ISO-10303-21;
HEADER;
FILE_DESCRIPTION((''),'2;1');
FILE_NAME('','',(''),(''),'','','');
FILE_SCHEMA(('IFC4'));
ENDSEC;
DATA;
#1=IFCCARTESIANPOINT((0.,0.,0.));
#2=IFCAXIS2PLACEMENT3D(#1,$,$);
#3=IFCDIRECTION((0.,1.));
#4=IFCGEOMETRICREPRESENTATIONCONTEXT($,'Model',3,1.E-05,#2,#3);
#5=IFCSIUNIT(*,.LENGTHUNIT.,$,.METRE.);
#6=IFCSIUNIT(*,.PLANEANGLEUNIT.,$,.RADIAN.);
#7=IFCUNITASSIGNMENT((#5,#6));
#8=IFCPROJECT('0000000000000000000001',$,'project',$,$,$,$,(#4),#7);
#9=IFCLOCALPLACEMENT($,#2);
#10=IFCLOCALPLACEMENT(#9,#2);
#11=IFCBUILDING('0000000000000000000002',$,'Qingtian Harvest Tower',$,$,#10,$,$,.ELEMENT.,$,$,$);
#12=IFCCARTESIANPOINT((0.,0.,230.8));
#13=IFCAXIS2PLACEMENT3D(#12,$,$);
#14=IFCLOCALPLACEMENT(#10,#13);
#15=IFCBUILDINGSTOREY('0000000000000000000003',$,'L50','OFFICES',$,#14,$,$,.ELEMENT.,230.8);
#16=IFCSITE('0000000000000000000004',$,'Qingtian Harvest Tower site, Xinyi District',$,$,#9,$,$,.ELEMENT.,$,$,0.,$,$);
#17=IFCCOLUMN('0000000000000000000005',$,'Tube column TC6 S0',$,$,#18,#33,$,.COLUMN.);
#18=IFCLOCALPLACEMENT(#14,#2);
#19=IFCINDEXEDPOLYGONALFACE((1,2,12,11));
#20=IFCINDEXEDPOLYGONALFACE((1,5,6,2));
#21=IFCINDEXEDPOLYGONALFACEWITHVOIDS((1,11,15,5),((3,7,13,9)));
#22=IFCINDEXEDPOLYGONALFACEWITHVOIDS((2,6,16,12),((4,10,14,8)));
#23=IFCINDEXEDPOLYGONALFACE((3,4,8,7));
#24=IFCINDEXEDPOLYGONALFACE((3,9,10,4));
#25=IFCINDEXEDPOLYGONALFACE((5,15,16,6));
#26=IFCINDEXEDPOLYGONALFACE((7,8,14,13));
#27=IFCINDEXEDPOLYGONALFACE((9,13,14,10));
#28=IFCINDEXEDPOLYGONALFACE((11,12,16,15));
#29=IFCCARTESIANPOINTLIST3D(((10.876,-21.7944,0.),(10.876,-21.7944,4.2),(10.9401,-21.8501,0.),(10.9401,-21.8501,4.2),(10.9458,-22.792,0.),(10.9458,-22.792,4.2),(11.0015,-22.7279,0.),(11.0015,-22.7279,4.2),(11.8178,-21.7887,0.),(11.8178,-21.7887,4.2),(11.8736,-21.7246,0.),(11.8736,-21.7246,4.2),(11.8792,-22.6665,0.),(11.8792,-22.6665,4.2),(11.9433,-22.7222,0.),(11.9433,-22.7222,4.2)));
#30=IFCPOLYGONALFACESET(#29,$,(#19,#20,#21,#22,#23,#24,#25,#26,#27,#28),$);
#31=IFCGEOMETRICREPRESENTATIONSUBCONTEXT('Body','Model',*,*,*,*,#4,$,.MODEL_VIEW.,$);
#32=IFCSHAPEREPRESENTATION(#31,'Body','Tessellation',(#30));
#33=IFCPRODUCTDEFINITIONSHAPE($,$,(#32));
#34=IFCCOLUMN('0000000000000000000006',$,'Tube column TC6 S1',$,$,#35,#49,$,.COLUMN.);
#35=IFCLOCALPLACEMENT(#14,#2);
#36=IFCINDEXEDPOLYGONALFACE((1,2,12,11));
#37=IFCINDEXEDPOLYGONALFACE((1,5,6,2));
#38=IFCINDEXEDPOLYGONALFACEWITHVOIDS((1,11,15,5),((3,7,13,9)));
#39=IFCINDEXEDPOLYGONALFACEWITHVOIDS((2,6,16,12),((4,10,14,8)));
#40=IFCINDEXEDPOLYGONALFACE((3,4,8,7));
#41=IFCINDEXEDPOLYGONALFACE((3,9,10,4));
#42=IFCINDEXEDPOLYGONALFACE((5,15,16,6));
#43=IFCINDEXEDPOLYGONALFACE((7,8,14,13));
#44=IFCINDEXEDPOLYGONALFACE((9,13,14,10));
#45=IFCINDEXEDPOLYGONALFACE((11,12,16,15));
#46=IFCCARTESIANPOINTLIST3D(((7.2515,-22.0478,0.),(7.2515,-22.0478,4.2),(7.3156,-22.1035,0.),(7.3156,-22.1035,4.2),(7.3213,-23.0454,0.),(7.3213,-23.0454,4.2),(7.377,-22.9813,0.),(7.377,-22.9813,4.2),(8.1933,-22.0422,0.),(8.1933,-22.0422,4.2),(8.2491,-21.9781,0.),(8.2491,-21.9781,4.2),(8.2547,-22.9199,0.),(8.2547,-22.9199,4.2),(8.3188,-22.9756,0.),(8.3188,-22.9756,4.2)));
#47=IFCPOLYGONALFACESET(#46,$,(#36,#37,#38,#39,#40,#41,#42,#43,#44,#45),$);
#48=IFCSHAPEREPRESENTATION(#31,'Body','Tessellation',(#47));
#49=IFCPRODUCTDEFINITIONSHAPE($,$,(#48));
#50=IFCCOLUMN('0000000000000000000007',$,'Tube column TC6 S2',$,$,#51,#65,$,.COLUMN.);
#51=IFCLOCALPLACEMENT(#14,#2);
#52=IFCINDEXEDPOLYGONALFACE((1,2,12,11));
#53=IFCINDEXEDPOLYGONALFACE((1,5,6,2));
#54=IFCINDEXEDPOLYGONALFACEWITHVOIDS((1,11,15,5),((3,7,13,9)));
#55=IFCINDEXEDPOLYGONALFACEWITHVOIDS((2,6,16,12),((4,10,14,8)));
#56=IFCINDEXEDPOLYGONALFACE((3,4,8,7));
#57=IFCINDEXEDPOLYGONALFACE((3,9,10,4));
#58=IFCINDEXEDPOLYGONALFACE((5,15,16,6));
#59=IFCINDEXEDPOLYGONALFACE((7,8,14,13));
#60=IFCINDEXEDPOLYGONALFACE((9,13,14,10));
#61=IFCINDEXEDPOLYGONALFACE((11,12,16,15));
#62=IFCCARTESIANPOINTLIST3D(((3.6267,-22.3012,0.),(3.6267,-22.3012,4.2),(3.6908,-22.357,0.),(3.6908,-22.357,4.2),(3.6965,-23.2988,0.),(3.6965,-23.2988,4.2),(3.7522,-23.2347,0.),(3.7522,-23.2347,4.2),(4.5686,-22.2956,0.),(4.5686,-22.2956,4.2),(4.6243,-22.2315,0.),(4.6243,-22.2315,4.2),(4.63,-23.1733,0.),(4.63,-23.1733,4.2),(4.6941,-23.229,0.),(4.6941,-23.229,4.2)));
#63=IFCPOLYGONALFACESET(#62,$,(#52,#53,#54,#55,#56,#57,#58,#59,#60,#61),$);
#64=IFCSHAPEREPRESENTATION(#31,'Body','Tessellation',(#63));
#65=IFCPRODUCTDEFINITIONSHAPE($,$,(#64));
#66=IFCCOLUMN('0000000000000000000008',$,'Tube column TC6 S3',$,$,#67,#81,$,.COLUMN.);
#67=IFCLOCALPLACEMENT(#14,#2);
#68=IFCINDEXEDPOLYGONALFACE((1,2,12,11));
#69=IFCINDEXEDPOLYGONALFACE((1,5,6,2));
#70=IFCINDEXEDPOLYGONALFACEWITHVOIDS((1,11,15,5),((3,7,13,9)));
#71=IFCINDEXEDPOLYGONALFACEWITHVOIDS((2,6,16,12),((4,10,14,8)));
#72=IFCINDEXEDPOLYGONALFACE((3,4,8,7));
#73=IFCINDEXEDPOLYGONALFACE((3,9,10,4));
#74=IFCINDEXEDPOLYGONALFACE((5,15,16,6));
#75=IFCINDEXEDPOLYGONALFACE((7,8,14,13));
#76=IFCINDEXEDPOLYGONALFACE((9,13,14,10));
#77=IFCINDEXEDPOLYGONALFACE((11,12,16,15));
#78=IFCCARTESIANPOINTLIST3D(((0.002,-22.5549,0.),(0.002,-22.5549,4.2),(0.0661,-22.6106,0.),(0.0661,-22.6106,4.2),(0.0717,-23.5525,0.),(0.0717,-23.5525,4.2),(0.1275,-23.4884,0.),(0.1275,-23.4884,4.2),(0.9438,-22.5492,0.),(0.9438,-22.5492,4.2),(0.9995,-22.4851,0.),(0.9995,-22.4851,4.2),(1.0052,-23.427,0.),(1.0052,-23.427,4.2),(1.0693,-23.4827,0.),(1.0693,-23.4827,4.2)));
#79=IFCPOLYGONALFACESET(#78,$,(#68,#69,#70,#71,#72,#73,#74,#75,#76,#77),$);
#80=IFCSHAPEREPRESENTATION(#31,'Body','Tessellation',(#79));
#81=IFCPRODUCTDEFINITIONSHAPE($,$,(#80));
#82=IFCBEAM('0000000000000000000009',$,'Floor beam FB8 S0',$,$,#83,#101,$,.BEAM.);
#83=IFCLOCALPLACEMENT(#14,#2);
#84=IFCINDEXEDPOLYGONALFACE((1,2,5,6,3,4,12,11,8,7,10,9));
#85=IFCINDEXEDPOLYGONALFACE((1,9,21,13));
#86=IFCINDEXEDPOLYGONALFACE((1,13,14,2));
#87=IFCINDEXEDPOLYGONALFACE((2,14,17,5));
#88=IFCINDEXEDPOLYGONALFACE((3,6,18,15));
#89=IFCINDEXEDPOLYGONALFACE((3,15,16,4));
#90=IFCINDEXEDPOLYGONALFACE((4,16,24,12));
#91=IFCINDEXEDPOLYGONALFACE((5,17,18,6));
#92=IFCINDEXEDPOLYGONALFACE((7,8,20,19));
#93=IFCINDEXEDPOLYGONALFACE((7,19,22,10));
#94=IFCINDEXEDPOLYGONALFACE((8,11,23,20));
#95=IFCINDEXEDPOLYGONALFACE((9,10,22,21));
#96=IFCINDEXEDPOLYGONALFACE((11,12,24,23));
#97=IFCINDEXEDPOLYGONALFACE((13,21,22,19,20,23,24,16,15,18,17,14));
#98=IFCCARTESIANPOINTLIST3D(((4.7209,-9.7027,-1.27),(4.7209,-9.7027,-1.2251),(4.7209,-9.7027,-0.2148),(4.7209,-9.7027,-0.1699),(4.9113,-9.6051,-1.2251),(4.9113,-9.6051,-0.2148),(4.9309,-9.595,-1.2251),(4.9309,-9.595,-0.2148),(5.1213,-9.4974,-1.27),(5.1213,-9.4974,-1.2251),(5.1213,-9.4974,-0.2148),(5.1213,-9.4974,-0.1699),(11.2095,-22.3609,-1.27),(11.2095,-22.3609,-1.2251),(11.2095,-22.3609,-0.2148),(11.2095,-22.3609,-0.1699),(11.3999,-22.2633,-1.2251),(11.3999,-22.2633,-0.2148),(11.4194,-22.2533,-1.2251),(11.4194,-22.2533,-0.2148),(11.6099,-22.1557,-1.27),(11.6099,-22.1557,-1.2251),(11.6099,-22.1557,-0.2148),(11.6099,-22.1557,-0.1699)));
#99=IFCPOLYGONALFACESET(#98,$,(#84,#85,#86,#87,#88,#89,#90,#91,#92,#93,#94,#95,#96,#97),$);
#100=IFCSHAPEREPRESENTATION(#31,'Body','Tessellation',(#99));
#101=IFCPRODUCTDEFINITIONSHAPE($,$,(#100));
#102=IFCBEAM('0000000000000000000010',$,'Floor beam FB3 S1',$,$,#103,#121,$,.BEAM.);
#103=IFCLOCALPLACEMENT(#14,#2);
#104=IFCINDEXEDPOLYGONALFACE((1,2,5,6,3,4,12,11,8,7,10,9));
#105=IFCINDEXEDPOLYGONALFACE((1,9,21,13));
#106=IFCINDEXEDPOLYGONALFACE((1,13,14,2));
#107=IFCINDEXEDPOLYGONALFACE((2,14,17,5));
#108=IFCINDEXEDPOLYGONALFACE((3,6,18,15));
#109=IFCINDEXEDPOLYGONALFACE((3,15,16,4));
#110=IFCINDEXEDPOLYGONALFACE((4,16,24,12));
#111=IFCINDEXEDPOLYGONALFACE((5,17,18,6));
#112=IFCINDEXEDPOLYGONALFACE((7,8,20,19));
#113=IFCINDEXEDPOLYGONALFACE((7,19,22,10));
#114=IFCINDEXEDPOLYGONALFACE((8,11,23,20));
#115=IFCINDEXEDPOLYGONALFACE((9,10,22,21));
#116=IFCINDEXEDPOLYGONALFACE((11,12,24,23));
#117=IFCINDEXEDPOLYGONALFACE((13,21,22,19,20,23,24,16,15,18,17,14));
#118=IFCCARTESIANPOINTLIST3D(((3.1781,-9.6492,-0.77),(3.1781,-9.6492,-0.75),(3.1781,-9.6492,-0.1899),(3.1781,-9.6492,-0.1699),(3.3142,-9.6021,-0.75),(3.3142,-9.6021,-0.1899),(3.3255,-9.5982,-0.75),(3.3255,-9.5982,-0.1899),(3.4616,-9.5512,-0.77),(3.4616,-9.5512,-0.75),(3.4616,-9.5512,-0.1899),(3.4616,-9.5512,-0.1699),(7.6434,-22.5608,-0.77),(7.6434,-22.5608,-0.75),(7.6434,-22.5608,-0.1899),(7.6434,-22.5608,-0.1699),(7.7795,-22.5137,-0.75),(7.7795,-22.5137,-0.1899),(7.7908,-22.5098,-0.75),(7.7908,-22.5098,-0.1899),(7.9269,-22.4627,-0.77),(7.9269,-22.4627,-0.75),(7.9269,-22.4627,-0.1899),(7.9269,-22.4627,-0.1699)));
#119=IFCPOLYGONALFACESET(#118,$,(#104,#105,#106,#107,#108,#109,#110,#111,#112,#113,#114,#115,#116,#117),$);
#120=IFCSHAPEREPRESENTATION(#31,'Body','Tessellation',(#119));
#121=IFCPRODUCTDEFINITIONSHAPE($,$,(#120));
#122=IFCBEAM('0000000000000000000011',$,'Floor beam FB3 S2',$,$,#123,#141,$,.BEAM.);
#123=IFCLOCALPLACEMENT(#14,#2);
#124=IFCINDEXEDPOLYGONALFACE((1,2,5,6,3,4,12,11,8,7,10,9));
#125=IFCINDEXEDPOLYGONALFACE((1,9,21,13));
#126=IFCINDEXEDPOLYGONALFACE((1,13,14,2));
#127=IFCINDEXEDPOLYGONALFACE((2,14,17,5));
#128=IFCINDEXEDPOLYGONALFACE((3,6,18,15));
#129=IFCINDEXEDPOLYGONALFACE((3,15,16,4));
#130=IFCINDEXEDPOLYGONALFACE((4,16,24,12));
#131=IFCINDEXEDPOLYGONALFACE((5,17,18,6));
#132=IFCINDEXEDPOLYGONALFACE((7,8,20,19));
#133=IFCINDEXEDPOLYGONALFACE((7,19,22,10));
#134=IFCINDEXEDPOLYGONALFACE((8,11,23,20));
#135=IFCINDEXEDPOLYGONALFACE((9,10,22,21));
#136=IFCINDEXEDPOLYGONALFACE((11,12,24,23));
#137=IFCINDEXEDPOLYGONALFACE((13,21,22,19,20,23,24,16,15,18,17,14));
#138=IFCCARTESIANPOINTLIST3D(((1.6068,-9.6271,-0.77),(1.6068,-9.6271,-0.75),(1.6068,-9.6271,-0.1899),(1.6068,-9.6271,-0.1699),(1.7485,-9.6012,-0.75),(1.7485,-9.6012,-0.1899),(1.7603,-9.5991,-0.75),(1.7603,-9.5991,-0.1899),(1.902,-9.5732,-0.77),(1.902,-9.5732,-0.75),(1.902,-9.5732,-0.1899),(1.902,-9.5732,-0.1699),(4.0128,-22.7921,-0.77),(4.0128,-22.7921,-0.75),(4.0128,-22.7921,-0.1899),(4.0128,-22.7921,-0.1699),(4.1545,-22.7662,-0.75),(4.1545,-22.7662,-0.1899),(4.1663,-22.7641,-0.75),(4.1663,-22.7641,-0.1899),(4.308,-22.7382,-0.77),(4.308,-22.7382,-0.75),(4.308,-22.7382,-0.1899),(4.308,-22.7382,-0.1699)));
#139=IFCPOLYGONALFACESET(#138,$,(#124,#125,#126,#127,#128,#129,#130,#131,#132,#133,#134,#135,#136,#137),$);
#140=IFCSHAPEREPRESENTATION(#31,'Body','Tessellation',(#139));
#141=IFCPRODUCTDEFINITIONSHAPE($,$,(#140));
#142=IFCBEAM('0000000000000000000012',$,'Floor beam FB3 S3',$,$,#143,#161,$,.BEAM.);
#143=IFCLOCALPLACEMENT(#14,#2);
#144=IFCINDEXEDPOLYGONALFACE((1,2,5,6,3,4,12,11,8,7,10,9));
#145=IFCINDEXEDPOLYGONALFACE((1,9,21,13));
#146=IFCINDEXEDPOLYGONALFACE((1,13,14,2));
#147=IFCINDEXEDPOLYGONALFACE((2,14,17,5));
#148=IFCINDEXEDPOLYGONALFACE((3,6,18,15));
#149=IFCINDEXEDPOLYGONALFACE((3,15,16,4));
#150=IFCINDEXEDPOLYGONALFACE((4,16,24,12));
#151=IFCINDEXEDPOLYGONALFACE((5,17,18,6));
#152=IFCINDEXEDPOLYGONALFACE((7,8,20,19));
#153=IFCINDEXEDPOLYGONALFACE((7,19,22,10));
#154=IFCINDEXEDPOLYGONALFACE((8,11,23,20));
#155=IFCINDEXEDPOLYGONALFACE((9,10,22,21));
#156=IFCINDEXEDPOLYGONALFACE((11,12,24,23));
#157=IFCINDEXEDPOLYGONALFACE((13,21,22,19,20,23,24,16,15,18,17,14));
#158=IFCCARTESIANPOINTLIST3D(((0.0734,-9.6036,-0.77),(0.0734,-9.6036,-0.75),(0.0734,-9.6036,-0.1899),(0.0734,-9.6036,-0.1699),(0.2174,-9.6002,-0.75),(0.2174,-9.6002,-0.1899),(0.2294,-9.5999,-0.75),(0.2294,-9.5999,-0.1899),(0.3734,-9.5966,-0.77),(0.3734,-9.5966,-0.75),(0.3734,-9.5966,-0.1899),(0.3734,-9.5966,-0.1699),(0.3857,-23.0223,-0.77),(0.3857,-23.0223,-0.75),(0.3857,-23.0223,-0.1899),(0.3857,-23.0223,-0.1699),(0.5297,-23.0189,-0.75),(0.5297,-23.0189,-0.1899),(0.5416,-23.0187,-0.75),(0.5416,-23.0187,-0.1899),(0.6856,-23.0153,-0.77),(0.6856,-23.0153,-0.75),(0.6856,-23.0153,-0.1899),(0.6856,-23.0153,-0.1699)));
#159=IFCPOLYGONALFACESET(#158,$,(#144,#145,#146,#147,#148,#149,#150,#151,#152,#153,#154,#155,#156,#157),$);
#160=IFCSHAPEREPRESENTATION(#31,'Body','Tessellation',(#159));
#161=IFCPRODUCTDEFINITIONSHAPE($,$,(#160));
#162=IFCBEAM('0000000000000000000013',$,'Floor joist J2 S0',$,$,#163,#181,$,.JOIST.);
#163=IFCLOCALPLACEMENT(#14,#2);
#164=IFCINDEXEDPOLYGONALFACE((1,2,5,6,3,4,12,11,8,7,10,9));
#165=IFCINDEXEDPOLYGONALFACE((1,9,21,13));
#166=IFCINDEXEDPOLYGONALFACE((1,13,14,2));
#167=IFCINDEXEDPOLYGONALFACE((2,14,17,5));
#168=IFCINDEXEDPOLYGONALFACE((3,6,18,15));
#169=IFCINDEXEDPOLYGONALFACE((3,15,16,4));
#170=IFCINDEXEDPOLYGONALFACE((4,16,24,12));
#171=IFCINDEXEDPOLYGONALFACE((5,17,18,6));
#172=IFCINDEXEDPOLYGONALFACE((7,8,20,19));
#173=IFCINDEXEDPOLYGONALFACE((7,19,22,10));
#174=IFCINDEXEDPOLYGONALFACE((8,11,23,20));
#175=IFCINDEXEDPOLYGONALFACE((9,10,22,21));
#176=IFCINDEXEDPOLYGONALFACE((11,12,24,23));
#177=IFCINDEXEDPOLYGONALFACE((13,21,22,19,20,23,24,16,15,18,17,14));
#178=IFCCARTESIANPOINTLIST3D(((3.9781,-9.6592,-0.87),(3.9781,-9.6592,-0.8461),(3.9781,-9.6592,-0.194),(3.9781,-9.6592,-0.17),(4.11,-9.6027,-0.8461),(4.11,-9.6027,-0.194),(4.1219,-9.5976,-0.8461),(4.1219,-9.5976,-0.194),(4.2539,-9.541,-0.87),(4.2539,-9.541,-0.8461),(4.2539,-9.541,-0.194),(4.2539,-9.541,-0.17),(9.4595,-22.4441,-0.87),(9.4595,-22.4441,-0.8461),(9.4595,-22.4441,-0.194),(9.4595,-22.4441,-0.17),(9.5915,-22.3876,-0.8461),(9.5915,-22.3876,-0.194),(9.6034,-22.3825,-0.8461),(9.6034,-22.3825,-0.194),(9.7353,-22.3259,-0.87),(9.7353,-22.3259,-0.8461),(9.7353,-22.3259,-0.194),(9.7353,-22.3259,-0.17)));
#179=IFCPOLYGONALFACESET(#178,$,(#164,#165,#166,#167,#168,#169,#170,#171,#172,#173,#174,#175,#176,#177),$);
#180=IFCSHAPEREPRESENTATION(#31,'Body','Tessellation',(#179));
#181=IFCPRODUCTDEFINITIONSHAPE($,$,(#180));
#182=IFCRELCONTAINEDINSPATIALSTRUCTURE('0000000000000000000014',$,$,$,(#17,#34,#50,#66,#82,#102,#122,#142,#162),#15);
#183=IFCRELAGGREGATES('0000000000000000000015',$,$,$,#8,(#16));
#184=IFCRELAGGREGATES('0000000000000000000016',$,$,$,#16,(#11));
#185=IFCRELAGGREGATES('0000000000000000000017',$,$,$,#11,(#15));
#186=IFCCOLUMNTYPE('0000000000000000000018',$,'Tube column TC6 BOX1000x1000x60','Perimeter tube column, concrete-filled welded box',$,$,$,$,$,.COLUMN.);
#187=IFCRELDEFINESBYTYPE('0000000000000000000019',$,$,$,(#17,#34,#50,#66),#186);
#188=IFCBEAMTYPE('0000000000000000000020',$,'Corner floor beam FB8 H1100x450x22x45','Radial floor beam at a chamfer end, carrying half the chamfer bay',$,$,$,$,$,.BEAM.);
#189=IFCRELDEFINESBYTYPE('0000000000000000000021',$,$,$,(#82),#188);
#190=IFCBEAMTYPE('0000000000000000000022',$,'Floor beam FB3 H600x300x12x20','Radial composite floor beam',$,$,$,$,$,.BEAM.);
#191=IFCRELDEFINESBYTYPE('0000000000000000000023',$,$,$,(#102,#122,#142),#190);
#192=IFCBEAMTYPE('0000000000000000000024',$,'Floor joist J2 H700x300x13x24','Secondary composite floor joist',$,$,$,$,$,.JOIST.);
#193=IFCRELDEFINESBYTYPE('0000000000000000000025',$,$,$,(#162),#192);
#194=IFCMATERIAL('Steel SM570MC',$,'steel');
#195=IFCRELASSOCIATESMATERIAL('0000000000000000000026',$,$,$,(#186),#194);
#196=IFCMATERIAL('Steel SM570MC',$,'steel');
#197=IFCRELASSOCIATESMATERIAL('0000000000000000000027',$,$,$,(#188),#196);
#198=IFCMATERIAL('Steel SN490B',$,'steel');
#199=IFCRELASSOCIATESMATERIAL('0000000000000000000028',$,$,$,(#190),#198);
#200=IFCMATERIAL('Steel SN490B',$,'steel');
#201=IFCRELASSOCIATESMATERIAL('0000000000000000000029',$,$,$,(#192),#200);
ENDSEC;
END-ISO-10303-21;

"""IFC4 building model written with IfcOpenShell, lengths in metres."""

from ifc_helpers import new_model, si_unit, direction, frame, origin, origin_2d, place, context, subcontext, project, spatial, hollow_rectangle, i_section, extrude, material, material_profile, profile_set, type_object, element, save


model = new_model("IFC4")

# Units and contexts
model_context = context("Model", 3, precision=1e-05, world=origin(), true_north=direction((0.0, 1.0)))
body_context = subcontext(model_context, "Body", "Model", "MODEL_VIEW")
ifc_project = project(units=[si_unit("LENGTHUNIT", "METRE"), si_unit("PLANEANGLEUNIT", "RADIAN")], contexts=[model_context])

# Site, building, storey
site_placement = place(None, origin())
site = spatial("IfcSite", under=ifc_project, at=site_placement, Name="Qingtian Harvest Tower site, Xinyi District", CompositionType="ELEMENT", RefElevation=0.0)
building_placement = place(site_placement, origin())
building = spatial("IfcBuilding", under=site, at=building_placement, Name="Qingtian Harvest Tower", CompositionType="ELEMENT")
storey_placement = place(building_placement, frame((0.0, 0.0, 230.8)))
storey = spatial("IfcBuildingStorey", under=building, at=storey_placement, Name="L50", Description="OFFICES", CompositionType="ELEMENT", Elevation=230.8)

# Columns
ifc_material_1 = material(Name="Steel SM570MC", Category="steel")
ifc_material_profile_1 = material_profile(ifc_material_1, hollow_rectangle(XDim=1.0, YDim=1.0, WallThickness=0.0601, at=origin_2d()), Name="BOX1000x1000x60")
ifc_profile_set_1 = profile_set([ifc_material_profile_1], Name="Steel SM570MC")
column_type = type_object("IfcColumnType", Name="Tube column TC6 BOX1000x1000x60", Description="Perimeter tube column, concrete-filled welded box", PredefinedType="COLUMN", material=ifc_profile_set_1)
for number, where, z_axis, x_axis, name in (
    (1, (11.4097, -22.2583, 0.0), (0.0, 0.0, 1.0), (0.997564, 0.069756, 0.0), "Tube column TC6 S0"),
    (2, (7.7852, -22.5117, 0.0), (0.0, 0.0, 1.0), (0.997564, 0.069756, 0.0), "Tube column TC6 S1"),
    (3, (4.1604, -22.7651, 0.0), (0.0, 0.0, 1.0), (0.997564, 0.069756, 0.0), "Tube column TC6 S2"),
    (4, (0.5356, -23.0188, 0.0), (0.0, 0.0, 1.0), (0.997564, 0.069756, 0.0), "Tube column TC6 S3"),
):
    element("IfcColumn", number, at=place(storey_placement, frame(where, z_axis=z_axis, x_axis=x_axis)), inside=storey, type_object=column_type, Name=name, PredefinedType="COLUMN", context=body_context, shape_type="SweptSolid", body=[
        extrude(hollow_rectangle(XDim=1.0, YDim=1.0, WallThickness=0.0601, at=origin_2d()), origin(), (0.0, 0.0, 1.0), 4.2),
    ])

# Beams
ifc_material_2 = material(Name="Steel SM570MC", Category="steel")
ifc_material_profile_2 = material_profile(ifc_material_2, i_section(OverallWidth=0.45, OverallDepth=1.1001, WebThickness=0.022, FlangeThickness=0.0449, at=origin_2d()), Name="H1100x450x22x45")
ifc_profile_set_2 = profile_set([ifc_material_profile_2], Name="Steel SM570MC")
beam_type_1 = type_object("IfcBeamType", Name="Corner floor beam FB8 H1100x450x22x45", Description="Radial floor beam at a chamfer end, carrying half the chamfer bay", PredefinedType="BEAM", material=ifc_profile_set_2)
beam_1_placement = place(storey_placement, frame((11.4097, -22.2583, -0.72), z_axis=(-0.456157, 0.889899, 0.0), x_axis=(-0.889899, -0.456157, 0.0)))
element("IfcBeam", 5, at=beam_1_placement, inside=storey, type_object=beam_type_1, Name="Floor beam FB8 S0", PredefinedType="BEAM", context=body_context, shape_type="SweptSolid", body=[
    extrude(i_section(OverallWidth=0.45, OverallDepth=1.1001, WebThickness=0.022, FlangeThickness=0.0449, at=origin_2d()), origin(), (0.0, 0.0, 1.0), 14.2244),
])
ifc_material_3 = material(Name="Steel SN490B", Category="steel")
ifc_material_profile_3 = material_profile(ifc_material_3, i_section(OverallWidth=0.3, OverallDepth=0.6001, WebThickness=0.012, FlangeThickness=0.02, at=origin_2d()), Name="H600x300x12x20")
ifc_profile_set_3 = profile_set([ifc_material_profile_3], Name="Steel SN490B")
beam_type_2 = type_object("IfcBeamType", Name="Floor beam FB3 H600x300x12x20", Description="Radial composite floor beam", PredefinedType="BEAM", material=ifc_profile_set_3)
beam_2_placement = place(storey_placement, frame((7.7852, -22.5117, -0.47), z_axis=(-0.326844, 0.945078, 0.0), x_axis=(-0.945078, -0.326844, 0.0)))
element("IfcBeam", 6, at=beam_2_placement, inside=storey, type_object=beam_type_2, Name="Floor beam FB3 S1", PredefinedType="BEAM", context=body_context, shape_type="SweptSolid", body=[
    extrude(i_section(OverallWidth=0.3, OverallDepth=0.6001, WebThickness=0.012, FlangeThickness=0.02, at=origin_2d()), origin(), (0.0, 0.0, 1.0), 13.6619),
])
beam_3_placement = place(storey_placement, frame((4.1604, -22.7651, -0.47), z_axis=(-0.17978, 0.983707, 0.0), x_axis=(-0.983707, -0.17978, 0.0)))
element("IfcBeam", 7, at=beam_3_placement, inside=storey, type_object=beam_type_2, Name="Floor beam FB3 S2", PredefinedType="BEAM", context=body_context, shape_type="SweptSolid", body=[
    extrude(i_section(OverallWidth=0.3, OverallDepth=0.6001, WebThickness=0.012, FlangeThickness=0.02, at=origin_2d()), origin(), (0.0, 0.0, 1.0), 13.3831),
])
beam_4_placement = place(storey_placement, frame((0.5356, -23.0188, -0.47), z_axis=(-0.023264, 0.999729, 0.0), x_axis=(-0.999729, -0.023264, 0.0)))
element("IfcBeam", 8, at=beam_4_placement, inside=storey, type_object=beam_type_2, Name="Floor beam FB3 S3", PredefinedType="BEAM", context=body_context, shape_type="SweptSolid", body=[
    extrude(i_section(OverallWidth=0.3, OverallDepth=0.6001, WebThickness=0.012, FlangeThickness=0.02, at=origin_2d()), origin(), (0.0, 0.0, 1.0), 13.4224),
])
ifc_material_4 = material(Name="Steel SN490B", Category="steel")
ifc_material_profile_4 = material_profile(ifc_material_4, i_section(OverallWidth=0.3, OverallDepth=0.7, WebThickness=0.0129, FlangeThickness=0.0239, at=origin_2d()), Name="H700x300x13x24")
ifc_profile_set_4 = profile_set([ifc_material_profile_4], Name="Steel SN490B")
beam_type_3 = type_object("IfcBeamType", Name="Floor joist J2 H700x300x13x24", Description="Secondary composite floor joist", PredefinedType="JOIST", material=ifc_profile_set_4)
beam_5_placement = place(storey_placement, frame((9.5974, -22.385, -0.52), z_axis=(-0.394053, 0.919088, 0.0), x_axis=(-0.919088, -0.394053, 0.0)))
element("IfcBeam", 9, at=beam_5_placement, inside=storey, type_object=beam_type_3, Name="Floor joist J2 S0", PredefinedType="JOIST", context=body_context, shape_type="SweptSolid", body=[
    extrude(i_section(OverallWidth=0.3, OverallDepth=0.7, WebThickness=0.0129, FlangeThickness=0.0239, at=origin_2d()), origin(), (0.0, 0.0, 1.0), 13.9104),
])

save(model, "model.ifc")
